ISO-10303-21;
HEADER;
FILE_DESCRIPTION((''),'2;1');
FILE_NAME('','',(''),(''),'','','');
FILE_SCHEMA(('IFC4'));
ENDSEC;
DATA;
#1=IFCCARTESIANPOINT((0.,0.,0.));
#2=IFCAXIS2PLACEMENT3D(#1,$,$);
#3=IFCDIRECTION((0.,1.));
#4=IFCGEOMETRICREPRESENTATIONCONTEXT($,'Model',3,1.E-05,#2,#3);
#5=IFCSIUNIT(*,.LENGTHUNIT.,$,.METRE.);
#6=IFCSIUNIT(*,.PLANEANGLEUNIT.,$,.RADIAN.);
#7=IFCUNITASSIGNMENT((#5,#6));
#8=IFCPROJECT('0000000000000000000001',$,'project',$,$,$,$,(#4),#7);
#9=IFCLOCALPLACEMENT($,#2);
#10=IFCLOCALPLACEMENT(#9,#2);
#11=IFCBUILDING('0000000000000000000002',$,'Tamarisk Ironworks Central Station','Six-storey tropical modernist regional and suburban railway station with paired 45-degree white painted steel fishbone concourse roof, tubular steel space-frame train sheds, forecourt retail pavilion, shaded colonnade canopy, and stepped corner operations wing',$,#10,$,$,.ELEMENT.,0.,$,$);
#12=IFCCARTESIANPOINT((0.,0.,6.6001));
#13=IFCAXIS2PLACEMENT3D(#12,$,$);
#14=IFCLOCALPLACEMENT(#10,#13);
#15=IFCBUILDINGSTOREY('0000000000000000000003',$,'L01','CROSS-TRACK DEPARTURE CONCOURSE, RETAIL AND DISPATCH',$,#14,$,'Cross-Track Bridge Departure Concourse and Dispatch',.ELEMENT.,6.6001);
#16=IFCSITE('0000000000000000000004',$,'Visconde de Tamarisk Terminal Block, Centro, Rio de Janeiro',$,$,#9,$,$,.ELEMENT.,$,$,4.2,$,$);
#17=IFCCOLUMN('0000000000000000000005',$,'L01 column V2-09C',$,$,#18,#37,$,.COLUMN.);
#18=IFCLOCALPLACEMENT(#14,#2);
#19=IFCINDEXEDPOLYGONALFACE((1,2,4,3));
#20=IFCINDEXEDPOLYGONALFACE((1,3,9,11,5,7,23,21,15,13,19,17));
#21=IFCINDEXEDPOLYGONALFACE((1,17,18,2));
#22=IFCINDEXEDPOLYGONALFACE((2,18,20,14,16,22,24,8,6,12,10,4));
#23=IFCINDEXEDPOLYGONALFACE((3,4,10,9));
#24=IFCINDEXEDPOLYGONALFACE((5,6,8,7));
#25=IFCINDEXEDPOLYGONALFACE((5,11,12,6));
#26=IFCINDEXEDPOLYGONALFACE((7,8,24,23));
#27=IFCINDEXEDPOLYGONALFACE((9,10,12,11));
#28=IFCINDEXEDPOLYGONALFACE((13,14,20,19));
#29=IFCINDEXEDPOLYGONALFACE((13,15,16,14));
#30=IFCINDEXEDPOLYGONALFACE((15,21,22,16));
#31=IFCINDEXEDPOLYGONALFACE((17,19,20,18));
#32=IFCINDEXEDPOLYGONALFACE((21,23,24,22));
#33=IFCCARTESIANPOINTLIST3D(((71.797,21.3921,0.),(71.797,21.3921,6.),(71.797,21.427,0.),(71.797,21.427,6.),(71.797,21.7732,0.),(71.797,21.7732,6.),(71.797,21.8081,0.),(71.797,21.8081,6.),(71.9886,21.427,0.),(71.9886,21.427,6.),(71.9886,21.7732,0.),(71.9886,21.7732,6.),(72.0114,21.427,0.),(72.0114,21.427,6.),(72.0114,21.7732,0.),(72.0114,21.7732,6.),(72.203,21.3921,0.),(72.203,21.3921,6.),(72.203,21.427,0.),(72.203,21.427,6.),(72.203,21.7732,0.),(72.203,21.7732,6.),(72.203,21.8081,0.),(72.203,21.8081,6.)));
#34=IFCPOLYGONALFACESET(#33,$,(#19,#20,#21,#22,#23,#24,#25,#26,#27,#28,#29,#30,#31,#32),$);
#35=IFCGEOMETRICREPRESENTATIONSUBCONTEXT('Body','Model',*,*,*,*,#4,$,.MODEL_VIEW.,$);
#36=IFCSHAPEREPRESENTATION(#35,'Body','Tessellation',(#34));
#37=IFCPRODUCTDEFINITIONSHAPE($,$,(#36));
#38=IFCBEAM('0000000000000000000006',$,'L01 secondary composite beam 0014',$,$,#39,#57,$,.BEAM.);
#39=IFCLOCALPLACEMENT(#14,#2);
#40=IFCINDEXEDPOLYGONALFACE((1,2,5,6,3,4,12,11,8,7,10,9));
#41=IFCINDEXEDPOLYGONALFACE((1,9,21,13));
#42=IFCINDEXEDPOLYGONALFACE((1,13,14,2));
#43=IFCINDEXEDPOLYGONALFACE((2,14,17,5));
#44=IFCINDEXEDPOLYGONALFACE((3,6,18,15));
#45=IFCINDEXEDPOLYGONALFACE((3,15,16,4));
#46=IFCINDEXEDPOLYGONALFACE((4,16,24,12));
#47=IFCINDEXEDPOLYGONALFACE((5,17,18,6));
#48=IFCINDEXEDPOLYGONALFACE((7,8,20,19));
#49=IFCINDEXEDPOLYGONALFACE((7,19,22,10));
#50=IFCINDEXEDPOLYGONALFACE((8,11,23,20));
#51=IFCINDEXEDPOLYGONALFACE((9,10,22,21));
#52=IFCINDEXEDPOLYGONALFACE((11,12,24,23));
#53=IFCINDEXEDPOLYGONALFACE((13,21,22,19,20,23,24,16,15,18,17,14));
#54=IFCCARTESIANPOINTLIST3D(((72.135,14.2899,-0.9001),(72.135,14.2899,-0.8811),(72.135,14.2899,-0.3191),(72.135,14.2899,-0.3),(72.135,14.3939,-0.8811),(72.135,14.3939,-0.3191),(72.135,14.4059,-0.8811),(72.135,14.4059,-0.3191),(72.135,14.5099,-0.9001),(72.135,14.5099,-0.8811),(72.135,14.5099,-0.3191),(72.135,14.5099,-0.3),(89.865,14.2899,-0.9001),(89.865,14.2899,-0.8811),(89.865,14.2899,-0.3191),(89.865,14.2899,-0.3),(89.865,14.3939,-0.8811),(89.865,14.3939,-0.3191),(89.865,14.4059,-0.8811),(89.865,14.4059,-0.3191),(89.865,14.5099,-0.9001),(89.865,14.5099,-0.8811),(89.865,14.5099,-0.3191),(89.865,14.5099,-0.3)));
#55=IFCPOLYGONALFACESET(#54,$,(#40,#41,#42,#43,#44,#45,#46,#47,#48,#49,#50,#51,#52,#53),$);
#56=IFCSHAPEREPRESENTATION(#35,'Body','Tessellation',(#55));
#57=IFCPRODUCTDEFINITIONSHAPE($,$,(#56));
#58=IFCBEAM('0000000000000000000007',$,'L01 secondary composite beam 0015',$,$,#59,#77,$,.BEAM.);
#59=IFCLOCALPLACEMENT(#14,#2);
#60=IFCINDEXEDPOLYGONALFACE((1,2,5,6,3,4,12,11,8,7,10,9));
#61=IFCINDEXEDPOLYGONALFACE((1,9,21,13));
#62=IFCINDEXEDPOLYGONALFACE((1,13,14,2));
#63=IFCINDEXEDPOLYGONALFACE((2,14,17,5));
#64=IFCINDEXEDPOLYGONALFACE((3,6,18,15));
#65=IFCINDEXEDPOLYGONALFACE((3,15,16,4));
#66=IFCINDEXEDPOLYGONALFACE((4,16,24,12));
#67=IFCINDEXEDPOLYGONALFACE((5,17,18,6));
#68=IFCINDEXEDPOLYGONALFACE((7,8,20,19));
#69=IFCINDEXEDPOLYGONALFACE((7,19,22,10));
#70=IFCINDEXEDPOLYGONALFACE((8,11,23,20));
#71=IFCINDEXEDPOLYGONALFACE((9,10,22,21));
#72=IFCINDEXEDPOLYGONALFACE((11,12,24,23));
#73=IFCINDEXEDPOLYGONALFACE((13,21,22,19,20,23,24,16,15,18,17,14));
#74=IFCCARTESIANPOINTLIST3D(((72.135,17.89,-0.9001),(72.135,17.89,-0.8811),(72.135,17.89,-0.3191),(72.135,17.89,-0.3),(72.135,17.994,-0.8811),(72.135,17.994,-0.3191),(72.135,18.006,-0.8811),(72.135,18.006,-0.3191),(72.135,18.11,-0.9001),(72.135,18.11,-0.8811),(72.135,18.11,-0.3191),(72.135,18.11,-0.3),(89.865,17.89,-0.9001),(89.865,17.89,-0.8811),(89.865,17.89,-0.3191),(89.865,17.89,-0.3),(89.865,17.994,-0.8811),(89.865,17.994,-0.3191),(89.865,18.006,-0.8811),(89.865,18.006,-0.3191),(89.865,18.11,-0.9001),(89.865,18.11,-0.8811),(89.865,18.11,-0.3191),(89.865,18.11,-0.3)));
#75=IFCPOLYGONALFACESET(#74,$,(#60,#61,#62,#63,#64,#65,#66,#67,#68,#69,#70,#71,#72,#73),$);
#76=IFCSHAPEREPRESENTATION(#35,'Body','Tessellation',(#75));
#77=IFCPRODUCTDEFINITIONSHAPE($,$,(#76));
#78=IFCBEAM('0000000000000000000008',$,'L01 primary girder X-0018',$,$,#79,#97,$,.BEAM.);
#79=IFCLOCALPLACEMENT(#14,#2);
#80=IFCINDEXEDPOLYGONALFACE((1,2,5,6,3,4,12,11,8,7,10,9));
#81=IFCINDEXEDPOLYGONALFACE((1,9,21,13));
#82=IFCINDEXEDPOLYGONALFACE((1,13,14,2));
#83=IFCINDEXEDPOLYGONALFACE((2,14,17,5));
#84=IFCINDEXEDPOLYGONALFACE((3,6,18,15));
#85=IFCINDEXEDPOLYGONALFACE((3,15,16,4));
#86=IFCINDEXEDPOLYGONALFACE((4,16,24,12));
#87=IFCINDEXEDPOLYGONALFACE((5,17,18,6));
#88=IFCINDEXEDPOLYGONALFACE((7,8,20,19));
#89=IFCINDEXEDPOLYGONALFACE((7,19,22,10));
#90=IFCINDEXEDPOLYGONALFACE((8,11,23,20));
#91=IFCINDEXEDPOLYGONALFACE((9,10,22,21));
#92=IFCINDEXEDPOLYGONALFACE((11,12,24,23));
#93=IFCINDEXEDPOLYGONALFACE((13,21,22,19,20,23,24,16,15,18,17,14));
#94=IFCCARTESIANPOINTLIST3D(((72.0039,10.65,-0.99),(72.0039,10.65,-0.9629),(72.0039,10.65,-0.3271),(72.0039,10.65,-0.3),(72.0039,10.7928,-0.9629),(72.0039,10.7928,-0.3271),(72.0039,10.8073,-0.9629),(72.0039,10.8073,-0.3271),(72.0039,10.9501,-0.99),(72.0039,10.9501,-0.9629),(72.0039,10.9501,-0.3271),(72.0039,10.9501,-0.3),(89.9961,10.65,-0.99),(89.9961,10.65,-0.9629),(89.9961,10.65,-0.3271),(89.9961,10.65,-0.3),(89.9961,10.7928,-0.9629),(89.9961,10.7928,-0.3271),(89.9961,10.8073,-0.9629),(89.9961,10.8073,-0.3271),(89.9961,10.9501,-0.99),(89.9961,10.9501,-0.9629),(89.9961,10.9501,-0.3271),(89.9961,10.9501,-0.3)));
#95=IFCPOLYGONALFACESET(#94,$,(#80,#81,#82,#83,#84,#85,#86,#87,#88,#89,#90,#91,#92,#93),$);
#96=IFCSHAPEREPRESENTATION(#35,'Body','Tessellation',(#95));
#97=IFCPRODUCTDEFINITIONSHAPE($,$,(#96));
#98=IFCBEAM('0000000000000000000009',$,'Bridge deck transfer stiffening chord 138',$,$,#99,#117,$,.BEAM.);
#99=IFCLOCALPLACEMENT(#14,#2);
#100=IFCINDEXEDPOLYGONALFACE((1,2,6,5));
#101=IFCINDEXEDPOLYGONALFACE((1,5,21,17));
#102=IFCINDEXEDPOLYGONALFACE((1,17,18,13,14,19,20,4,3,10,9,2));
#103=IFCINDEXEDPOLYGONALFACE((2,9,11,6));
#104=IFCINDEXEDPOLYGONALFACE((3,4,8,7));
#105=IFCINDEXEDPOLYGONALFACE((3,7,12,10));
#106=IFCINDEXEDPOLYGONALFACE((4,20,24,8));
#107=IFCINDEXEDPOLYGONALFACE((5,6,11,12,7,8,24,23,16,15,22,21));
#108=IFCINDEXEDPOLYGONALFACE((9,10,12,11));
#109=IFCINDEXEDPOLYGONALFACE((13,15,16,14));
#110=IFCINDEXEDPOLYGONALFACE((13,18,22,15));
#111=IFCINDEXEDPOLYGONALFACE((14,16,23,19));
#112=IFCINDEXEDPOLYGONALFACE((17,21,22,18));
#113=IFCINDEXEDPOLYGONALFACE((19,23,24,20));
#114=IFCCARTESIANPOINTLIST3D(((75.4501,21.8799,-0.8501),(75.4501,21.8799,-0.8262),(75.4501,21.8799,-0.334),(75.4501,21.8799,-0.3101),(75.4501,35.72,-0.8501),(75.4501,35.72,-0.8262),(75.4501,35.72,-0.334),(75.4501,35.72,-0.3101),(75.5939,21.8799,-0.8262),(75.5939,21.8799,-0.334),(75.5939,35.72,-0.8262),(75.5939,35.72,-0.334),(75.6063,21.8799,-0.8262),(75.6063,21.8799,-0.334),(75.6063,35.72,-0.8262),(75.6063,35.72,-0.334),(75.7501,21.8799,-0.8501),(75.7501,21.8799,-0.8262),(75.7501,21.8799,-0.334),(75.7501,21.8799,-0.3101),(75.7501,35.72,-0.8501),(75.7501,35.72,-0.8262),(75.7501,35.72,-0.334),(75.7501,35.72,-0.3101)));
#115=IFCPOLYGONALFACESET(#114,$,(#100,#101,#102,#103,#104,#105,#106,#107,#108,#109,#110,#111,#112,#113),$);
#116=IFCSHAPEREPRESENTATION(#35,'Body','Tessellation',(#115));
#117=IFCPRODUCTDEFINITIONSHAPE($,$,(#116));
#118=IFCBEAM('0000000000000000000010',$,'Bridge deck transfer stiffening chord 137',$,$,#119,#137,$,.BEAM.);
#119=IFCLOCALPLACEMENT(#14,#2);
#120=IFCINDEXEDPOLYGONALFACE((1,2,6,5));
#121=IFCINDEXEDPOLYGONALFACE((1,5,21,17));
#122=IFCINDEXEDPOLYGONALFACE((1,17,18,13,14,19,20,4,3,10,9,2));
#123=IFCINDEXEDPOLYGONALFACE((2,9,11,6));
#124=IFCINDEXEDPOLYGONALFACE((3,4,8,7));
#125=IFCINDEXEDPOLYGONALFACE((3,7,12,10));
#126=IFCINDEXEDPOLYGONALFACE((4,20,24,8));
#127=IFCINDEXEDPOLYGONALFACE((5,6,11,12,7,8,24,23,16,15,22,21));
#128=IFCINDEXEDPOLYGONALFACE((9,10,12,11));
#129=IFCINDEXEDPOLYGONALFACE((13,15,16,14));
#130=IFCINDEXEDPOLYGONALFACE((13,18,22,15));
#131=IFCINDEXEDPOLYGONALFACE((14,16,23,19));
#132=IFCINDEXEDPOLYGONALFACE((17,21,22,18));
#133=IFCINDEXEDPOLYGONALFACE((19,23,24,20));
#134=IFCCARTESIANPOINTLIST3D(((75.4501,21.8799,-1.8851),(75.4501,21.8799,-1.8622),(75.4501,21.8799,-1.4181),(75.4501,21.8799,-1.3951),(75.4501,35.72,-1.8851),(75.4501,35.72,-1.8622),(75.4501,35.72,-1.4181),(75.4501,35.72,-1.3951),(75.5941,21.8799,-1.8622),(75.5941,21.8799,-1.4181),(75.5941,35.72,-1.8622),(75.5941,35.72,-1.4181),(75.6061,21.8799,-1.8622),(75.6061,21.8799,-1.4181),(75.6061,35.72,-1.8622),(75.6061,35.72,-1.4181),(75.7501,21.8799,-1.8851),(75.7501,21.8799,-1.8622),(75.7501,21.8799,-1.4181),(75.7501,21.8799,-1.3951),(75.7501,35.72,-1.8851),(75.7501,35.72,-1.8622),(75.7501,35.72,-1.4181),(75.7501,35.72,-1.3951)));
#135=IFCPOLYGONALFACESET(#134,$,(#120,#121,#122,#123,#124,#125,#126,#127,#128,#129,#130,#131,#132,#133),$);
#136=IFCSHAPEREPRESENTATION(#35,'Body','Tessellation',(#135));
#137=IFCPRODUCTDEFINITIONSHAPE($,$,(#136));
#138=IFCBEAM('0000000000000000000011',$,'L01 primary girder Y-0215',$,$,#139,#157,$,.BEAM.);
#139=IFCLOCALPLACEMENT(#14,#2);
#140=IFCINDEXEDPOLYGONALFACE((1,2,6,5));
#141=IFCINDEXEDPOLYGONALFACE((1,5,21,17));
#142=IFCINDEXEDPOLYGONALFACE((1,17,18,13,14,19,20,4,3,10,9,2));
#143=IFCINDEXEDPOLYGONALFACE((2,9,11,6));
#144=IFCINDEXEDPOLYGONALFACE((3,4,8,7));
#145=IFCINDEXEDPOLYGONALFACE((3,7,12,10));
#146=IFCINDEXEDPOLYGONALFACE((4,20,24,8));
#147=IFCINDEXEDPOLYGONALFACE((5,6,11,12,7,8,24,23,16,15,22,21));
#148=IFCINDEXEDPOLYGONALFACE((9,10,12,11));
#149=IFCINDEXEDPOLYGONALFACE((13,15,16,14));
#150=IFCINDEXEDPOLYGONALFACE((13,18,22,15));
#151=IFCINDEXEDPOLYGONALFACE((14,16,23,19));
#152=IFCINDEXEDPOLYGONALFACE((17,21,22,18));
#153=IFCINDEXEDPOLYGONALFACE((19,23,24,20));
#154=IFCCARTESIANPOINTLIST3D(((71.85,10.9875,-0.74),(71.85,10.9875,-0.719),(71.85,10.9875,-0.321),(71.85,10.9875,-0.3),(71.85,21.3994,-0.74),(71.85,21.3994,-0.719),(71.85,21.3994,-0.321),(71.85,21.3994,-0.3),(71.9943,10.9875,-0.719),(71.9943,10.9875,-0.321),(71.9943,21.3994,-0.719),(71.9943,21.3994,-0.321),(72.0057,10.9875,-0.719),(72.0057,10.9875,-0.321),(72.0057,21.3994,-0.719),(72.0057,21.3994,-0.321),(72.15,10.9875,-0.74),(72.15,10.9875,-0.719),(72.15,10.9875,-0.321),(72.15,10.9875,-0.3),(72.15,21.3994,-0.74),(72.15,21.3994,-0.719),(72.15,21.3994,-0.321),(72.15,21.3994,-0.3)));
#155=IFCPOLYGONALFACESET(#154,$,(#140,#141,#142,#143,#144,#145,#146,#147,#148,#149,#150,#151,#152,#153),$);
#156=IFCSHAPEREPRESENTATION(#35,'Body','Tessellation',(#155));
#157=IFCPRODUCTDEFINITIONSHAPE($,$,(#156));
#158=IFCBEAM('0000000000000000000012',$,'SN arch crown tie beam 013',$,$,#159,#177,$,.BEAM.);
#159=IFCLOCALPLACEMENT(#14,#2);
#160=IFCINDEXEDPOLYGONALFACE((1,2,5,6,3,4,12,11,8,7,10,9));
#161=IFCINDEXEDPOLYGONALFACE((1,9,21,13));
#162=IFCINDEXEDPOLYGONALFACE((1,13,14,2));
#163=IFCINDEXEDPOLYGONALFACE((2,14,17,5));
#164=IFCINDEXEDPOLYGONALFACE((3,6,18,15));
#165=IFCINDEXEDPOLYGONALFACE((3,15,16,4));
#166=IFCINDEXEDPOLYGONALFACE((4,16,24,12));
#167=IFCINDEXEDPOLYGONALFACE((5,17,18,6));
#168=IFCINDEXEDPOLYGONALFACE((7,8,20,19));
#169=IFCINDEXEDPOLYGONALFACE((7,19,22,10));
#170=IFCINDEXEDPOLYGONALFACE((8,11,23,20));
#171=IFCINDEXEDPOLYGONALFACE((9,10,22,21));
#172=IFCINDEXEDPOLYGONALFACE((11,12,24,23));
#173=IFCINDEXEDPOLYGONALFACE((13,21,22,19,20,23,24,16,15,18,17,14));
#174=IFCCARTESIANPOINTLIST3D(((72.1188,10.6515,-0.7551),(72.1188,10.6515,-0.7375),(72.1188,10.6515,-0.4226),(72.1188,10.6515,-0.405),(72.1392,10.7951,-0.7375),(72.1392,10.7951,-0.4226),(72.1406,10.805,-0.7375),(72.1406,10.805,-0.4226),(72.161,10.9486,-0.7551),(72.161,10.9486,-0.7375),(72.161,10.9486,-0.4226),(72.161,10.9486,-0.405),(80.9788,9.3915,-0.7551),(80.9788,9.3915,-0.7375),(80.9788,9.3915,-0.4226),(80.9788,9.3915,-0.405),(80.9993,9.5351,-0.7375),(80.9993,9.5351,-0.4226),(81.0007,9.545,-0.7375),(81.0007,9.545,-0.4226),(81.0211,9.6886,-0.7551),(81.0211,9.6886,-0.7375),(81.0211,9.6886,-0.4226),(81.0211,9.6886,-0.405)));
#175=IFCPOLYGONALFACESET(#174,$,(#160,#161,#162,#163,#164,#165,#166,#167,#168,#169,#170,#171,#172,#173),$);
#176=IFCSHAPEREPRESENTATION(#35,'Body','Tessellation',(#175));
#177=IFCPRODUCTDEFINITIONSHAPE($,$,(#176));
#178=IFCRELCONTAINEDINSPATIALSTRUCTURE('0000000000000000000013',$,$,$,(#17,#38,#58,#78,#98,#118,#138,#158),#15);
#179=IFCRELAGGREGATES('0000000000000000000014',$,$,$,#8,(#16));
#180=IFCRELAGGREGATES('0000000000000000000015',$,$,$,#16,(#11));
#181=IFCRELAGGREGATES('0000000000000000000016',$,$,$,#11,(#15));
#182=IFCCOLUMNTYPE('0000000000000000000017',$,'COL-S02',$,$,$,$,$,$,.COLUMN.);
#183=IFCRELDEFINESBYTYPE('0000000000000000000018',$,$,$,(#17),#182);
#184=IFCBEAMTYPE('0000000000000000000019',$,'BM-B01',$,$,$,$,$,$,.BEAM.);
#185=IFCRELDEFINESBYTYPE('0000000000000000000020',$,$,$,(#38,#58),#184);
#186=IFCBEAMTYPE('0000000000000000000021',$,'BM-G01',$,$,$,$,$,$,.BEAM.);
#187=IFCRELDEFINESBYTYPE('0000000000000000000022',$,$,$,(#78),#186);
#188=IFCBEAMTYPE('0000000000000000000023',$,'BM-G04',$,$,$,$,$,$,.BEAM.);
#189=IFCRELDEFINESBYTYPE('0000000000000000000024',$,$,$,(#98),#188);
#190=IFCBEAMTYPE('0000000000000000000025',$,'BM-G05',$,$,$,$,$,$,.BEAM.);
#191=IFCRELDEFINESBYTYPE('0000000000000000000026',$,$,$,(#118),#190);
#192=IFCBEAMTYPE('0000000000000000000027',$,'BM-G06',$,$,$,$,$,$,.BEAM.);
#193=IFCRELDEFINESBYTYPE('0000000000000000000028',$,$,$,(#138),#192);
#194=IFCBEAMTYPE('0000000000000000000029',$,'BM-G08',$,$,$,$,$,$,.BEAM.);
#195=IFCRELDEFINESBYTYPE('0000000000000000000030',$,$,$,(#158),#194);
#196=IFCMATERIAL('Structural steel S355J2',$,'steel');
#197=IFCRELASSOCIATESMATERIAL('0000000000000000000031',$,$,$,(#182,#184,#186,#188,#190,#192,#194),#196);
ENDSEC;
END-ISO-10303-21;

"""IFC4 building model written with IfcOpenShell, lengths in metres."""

from ifc_helpers import new_model, si_unit, direction, frame, origin, origin_2d, place, context, subcontext, project, spatial, i_section, extrude, material, material_profile, profile_set, type_object, element, save


model = new_model("IFC4")

# Units and contexts
model_context = context("Model", 3, precision=1e-05, world=origin(), true_north=direction((0.0, 1.0)))
body_context = subcontext(model_context, "Body", "Model", "MODEL_VIEW")
ifc_project = project(units=[si_unit("LENGTHUNIT", "METRE"), si_unit("PLANEANGLEUNIT", "RADIAN")], contexts=[model_context])

# Site, building, storey
site_placement = place(None, origin())
site = spatial("IfcSite", under=ifc_project, at=site_placement, Name="Visconde de Tamarisk Terminal Block, Centro, Rio de Janeiro", CompositionType="ELEMENT", RefElevation=4.2)
building_placement = place(site_placement, origin())
building = spatial("IfcBuilding", under=site, at=building_placement, Name="Tamarisk Ironworks Central Station", Description="Six-storey tropical modernist regional and suburban railway station with paired 45-degree white painted steel fishbone concourse roof, tubular steel space-frame train sheds, forecourt retail pavilion, shaded colonnade canopy, and stepped corner operations wing", CompositionType="ELEMENT", ElevationOfRefHeight=0.0)
storey_placement = place(building_placement, frame((0.0, 0.0, 6.6001)))
storey = spatial("IfcBuildingStorey", under=building, at=storey_placement, Name="L01", Description="CROSS-TRACK DEPARTURE CONCOURSE, RETAIL AND DISPATCH", LongName="Cross-Track Bridge Departure Concourse and Dispatch", CompositionType="ELEMENT", Elevation=6.6001)

# Column
ifc_material_1 = material(Name="Structural steel S355J2", Category="steel")
ifc_material_profile_1 = material_profile(ifc_material_1, i_section(OverallWidth=0.406, OverallDepth=0.416, WebThickness=0.0227, FlangeThickness=0.0349, at=origin_2d()), Name="HD 400x382")
ifc_profile_set_1 = profile_set([ifc_material_profile_1], Name="Structural steel S355J2")
column_type = type_object("IfcColumnType", Name="COL-S02", PredefinedType="COLUMN", material=ifc_profile_set_1)
column_placement = place(storey_placement, frame((72.0, 21.6001, 0.0), z_axis=(0.0, 0.0, 1.0), x_axis=(1.0, 0.0, 0.0)))
element("IfcColumn", 1, at=column_placement, inside=storey, type_object=column_type, Name="L01 column V2-09C", PredefinedType="COLUMN", context=body_context, shape_type="SweptSolid", body=[
    extrude(i_section(OverallWidth=0.406, OverallDepth=0.416, WebThickness=0.0227, FlangeThickness=0.0349, at=origin_2d()), origin(), (0.0, 0.0, 1.0), 6.0),
])

# Beams
ifc_material_profile_2 = material_profile(ifc_material_1, i_section(OverallWidth=0.22, OverallDepth=0.6001, WebThickness=0.012, FlangeThickness=0.019, at=origin_2d()), Name="IPE 600")
ifc_profile_set_2 = profile_set([ifc_material_profile_2], Name="Structural steel S355J2")
beam_type_1 = type_object("IfcBeamType", Name="BM-B01", PredefinedType="BEAM", material=ifc_profile_set_2)
for number, where, z_axis, x_axis, name in (
    (2, (72.135, 14.3999, -0.6001), (1.0, 0.0, 0.0), (0.0, 1.0, 0.0), "L01 secondary composite beam 0014"),
    (3, (72.135, 18.0, -0.6001), (1.0, 0.0, 0.0), (0.0, 1.0, 0.0), "L01 secondary composite beam 0015"),
):
    element("IfcBeam", number, at=place(storey_placement, frame(where, z_axis=z_axis, x_axis=x_axis)), inside=storey, type_object=beam_type_1, Name=name, PredefinedType="BEAM", context=body_context, shape_type="SweptSolid", body=[
        extrude(i_section(OverallWidth=0.22, OverallDepth=0.6001, WebThickness=0.012, FlangeThickness=0.019, at=origin_2d()), origin(), (0.0, 0.0, 1.0), 17.73),
    ])
ifc_material_profile_3 = material_profile(ifc_material_1, i_section(OverallWidth=0.3, OverallDepth=0.6899, WebThickness=0.0144, FlangeThickness=0.0271, at=origin_2d()), Name="HEA 700")
ifc_profile_set_3 = profile_set([ifc_material_profile_3], Name="Structural steel S355J2")
beam_type_2 = type_object("IfcBeamType", Name="BM-G01", PredefinedType="BEAM", material=ifc_profile_set_3)
beam_1_placement = place(storey_placement, frame((72.0039, 10.8, -0.645), z_axis=(1.0, 0.0, 0.0), x_axis=(0.0, 1.0, 0.0)))
element("IfcBeam", 4, at=beam_1_placement, inside=storey, type_object=beam_type_2, Name="L01 primary girder X-0018", PredefinedType="BEAM", context=body_context, shape_type="SweptSolid", body=[
    extrude(i_section(OverallWidth=0.3, OverallDepth=0.6899, WebThickness=0.0144, FlangeThickness=0.0271, at=origin_2d()), origin(), (0.0, 0.0, 1.0), 17.9922),
])
ifc_material_profile_4 = material_profile(ifc_material_1, i_section(OverallWidth=0.3, OverallDepth=0.54, WebThickness=0.0125, FlangeThickness=0.0239, at=origin_2d()), Name="HEA 550")
ifc_profile_set_4 = profile_set([ifc_material_profile_4], Name="Structural steel S355J2")
beam_type_3 = type_object("IfcBeamType", Name="BM-G04", PredefinedType="BEAM", material=ifc_profile_set_4)
beam_2_placement = place(storey_placement, frame((75.6001, 21.8799, -0.5801), z_axis=(0.0, 1.0, 0.0), x_axis=(-1.0, 0.0, 0.0)))
element("IfcBeam", 5, at=beam_2_placement, inside=storey, type_object=beam_type_3, Name="Bridge deck transfer stiffening chord 138", PredefinedType="BEAM", context=body_context, shape_type="SweptSolid", body=[
    extrude(i_section(OverallWidth=0.3, OverallDepth=0.54, WebThickness=0.0125, FlangeThickness=0.0239, at=origin_2d()), origin(), (0.0, 0.0, 1.0), 13.8401),
])
ifc_material_profile_5 = material_profile(ifc_material_1, i_section(OverallWidth=0.3, OverallDepth=0.49, WebThickness=0.012, FlangeThickness=0.0229, at=origin_2d()), Name="HEA 500")
ifc_profile_set_5 = profile_set([ifc_material_profile_5], Name="Structural steel S355J2")
beam_type_4 = type_object("IfcBeamType", Name="BM-G05", PredefinedType="BEAM", material=ifc_profile_set_5)
beam_3_placement = place(storey_placement, frame((75.6001, 21.8799, -1.6401), z_axis=(0.0, 1.0, 0.0), x_axis=(-1.0, 0.0, 0.0)))
element("IfcBeam", 6, at=beam_3_placement, inside=storey, type_object=beam_type_4, Name="Bridge deck transfer stiffening chord 137", PredefinedType="BEAM", context=body_context, shape_type="SweptSolid", body=[
    extrude(i_section(OverallWidth=0.3, OverallDepth=0.49, WebThickness=0.012, FlangeThickness=0.0229, at=origin_2d()), origin(), (0.0, 0.0, 1.0), 13.8401),
])
ifc_material_profile_6 = material_profile(ifc_material_1, i_section(OverallWidth=0.3, OverallDepth=0.4399, WebThickness=0.0115, FlangeThickness=0.021, at=origin_2d()), Name="HEA 450")
ifc_profile_set_6 = profile_set([ifc_material_profile_6], Name="Structural steel S355J2")
beam_type_5 = type_object("IfcBeamType", Name="BM-G06", PredefinedType="BEAM", material=ifc_profile_set_6)
beam_4_placement = place(storey_placement, frame((72.0, 10.9875, -0.52), z_axis=(0.0, 1.0, 0.0), x_axis=(-1.0, 0.0, 0.0)))
element("IfcBeam", 7, at=beam_4_placement, inside=storey, type_object=beam_type_5, Name="L01 primary girder Y-0215", PredefinedType="BEAM", context=body_context, shape_type="SweptSolid", body=[
    extrude(i_section(OverallWidth=0.3, OverallDepth=0.4399, WebThickness=0.0115, FlangeThickness=0.021, at=origin_2d()), origin(), (0.0, 0.0, 1.0), 10.4119),
])
ifc_material_profile_7 = material_profile(ifc_material_1, i_section(OverallWidth=0.3, OverallDepth=0.3501, WebThickness=0.01, FlangeThickness=0.0176, at=origin_2d()), Name="HEA 360")
ifc_profile_set_7 = profile_set([ifc_material_profile_7], Name="Structural steel S355J2")
beam_type_6 = type_object("IfcBeamType", Name="BM-G08", PredefinedType="BEAM", material=ifc_profile_set_7)
beam_5_placement = place(storey_placement, frame((72.1399, 10.8, -0.5801), z_axis=(0.990039, -0.140795, 0.0), x_axis=(0.140795, 0.990039, 0.0)))
element("IfcBeam", 8, at=beam_5_placement, inside=storey, type_object=beam_type_6, Name="SN arch crown tie beam 013", PredefinedType="BEAM", context=body_context, shape_type="SweptSolid", body=[
    extrude(i_section(OverallWidth=0.3, OverallDepth=0.3501, WebThickness=0.01, FlangeThickness=0.0176, at=origin_2d()), origin(), (0.0, 0.0, 1.0), 8.9492),
])

save(model, "model.ifc")
